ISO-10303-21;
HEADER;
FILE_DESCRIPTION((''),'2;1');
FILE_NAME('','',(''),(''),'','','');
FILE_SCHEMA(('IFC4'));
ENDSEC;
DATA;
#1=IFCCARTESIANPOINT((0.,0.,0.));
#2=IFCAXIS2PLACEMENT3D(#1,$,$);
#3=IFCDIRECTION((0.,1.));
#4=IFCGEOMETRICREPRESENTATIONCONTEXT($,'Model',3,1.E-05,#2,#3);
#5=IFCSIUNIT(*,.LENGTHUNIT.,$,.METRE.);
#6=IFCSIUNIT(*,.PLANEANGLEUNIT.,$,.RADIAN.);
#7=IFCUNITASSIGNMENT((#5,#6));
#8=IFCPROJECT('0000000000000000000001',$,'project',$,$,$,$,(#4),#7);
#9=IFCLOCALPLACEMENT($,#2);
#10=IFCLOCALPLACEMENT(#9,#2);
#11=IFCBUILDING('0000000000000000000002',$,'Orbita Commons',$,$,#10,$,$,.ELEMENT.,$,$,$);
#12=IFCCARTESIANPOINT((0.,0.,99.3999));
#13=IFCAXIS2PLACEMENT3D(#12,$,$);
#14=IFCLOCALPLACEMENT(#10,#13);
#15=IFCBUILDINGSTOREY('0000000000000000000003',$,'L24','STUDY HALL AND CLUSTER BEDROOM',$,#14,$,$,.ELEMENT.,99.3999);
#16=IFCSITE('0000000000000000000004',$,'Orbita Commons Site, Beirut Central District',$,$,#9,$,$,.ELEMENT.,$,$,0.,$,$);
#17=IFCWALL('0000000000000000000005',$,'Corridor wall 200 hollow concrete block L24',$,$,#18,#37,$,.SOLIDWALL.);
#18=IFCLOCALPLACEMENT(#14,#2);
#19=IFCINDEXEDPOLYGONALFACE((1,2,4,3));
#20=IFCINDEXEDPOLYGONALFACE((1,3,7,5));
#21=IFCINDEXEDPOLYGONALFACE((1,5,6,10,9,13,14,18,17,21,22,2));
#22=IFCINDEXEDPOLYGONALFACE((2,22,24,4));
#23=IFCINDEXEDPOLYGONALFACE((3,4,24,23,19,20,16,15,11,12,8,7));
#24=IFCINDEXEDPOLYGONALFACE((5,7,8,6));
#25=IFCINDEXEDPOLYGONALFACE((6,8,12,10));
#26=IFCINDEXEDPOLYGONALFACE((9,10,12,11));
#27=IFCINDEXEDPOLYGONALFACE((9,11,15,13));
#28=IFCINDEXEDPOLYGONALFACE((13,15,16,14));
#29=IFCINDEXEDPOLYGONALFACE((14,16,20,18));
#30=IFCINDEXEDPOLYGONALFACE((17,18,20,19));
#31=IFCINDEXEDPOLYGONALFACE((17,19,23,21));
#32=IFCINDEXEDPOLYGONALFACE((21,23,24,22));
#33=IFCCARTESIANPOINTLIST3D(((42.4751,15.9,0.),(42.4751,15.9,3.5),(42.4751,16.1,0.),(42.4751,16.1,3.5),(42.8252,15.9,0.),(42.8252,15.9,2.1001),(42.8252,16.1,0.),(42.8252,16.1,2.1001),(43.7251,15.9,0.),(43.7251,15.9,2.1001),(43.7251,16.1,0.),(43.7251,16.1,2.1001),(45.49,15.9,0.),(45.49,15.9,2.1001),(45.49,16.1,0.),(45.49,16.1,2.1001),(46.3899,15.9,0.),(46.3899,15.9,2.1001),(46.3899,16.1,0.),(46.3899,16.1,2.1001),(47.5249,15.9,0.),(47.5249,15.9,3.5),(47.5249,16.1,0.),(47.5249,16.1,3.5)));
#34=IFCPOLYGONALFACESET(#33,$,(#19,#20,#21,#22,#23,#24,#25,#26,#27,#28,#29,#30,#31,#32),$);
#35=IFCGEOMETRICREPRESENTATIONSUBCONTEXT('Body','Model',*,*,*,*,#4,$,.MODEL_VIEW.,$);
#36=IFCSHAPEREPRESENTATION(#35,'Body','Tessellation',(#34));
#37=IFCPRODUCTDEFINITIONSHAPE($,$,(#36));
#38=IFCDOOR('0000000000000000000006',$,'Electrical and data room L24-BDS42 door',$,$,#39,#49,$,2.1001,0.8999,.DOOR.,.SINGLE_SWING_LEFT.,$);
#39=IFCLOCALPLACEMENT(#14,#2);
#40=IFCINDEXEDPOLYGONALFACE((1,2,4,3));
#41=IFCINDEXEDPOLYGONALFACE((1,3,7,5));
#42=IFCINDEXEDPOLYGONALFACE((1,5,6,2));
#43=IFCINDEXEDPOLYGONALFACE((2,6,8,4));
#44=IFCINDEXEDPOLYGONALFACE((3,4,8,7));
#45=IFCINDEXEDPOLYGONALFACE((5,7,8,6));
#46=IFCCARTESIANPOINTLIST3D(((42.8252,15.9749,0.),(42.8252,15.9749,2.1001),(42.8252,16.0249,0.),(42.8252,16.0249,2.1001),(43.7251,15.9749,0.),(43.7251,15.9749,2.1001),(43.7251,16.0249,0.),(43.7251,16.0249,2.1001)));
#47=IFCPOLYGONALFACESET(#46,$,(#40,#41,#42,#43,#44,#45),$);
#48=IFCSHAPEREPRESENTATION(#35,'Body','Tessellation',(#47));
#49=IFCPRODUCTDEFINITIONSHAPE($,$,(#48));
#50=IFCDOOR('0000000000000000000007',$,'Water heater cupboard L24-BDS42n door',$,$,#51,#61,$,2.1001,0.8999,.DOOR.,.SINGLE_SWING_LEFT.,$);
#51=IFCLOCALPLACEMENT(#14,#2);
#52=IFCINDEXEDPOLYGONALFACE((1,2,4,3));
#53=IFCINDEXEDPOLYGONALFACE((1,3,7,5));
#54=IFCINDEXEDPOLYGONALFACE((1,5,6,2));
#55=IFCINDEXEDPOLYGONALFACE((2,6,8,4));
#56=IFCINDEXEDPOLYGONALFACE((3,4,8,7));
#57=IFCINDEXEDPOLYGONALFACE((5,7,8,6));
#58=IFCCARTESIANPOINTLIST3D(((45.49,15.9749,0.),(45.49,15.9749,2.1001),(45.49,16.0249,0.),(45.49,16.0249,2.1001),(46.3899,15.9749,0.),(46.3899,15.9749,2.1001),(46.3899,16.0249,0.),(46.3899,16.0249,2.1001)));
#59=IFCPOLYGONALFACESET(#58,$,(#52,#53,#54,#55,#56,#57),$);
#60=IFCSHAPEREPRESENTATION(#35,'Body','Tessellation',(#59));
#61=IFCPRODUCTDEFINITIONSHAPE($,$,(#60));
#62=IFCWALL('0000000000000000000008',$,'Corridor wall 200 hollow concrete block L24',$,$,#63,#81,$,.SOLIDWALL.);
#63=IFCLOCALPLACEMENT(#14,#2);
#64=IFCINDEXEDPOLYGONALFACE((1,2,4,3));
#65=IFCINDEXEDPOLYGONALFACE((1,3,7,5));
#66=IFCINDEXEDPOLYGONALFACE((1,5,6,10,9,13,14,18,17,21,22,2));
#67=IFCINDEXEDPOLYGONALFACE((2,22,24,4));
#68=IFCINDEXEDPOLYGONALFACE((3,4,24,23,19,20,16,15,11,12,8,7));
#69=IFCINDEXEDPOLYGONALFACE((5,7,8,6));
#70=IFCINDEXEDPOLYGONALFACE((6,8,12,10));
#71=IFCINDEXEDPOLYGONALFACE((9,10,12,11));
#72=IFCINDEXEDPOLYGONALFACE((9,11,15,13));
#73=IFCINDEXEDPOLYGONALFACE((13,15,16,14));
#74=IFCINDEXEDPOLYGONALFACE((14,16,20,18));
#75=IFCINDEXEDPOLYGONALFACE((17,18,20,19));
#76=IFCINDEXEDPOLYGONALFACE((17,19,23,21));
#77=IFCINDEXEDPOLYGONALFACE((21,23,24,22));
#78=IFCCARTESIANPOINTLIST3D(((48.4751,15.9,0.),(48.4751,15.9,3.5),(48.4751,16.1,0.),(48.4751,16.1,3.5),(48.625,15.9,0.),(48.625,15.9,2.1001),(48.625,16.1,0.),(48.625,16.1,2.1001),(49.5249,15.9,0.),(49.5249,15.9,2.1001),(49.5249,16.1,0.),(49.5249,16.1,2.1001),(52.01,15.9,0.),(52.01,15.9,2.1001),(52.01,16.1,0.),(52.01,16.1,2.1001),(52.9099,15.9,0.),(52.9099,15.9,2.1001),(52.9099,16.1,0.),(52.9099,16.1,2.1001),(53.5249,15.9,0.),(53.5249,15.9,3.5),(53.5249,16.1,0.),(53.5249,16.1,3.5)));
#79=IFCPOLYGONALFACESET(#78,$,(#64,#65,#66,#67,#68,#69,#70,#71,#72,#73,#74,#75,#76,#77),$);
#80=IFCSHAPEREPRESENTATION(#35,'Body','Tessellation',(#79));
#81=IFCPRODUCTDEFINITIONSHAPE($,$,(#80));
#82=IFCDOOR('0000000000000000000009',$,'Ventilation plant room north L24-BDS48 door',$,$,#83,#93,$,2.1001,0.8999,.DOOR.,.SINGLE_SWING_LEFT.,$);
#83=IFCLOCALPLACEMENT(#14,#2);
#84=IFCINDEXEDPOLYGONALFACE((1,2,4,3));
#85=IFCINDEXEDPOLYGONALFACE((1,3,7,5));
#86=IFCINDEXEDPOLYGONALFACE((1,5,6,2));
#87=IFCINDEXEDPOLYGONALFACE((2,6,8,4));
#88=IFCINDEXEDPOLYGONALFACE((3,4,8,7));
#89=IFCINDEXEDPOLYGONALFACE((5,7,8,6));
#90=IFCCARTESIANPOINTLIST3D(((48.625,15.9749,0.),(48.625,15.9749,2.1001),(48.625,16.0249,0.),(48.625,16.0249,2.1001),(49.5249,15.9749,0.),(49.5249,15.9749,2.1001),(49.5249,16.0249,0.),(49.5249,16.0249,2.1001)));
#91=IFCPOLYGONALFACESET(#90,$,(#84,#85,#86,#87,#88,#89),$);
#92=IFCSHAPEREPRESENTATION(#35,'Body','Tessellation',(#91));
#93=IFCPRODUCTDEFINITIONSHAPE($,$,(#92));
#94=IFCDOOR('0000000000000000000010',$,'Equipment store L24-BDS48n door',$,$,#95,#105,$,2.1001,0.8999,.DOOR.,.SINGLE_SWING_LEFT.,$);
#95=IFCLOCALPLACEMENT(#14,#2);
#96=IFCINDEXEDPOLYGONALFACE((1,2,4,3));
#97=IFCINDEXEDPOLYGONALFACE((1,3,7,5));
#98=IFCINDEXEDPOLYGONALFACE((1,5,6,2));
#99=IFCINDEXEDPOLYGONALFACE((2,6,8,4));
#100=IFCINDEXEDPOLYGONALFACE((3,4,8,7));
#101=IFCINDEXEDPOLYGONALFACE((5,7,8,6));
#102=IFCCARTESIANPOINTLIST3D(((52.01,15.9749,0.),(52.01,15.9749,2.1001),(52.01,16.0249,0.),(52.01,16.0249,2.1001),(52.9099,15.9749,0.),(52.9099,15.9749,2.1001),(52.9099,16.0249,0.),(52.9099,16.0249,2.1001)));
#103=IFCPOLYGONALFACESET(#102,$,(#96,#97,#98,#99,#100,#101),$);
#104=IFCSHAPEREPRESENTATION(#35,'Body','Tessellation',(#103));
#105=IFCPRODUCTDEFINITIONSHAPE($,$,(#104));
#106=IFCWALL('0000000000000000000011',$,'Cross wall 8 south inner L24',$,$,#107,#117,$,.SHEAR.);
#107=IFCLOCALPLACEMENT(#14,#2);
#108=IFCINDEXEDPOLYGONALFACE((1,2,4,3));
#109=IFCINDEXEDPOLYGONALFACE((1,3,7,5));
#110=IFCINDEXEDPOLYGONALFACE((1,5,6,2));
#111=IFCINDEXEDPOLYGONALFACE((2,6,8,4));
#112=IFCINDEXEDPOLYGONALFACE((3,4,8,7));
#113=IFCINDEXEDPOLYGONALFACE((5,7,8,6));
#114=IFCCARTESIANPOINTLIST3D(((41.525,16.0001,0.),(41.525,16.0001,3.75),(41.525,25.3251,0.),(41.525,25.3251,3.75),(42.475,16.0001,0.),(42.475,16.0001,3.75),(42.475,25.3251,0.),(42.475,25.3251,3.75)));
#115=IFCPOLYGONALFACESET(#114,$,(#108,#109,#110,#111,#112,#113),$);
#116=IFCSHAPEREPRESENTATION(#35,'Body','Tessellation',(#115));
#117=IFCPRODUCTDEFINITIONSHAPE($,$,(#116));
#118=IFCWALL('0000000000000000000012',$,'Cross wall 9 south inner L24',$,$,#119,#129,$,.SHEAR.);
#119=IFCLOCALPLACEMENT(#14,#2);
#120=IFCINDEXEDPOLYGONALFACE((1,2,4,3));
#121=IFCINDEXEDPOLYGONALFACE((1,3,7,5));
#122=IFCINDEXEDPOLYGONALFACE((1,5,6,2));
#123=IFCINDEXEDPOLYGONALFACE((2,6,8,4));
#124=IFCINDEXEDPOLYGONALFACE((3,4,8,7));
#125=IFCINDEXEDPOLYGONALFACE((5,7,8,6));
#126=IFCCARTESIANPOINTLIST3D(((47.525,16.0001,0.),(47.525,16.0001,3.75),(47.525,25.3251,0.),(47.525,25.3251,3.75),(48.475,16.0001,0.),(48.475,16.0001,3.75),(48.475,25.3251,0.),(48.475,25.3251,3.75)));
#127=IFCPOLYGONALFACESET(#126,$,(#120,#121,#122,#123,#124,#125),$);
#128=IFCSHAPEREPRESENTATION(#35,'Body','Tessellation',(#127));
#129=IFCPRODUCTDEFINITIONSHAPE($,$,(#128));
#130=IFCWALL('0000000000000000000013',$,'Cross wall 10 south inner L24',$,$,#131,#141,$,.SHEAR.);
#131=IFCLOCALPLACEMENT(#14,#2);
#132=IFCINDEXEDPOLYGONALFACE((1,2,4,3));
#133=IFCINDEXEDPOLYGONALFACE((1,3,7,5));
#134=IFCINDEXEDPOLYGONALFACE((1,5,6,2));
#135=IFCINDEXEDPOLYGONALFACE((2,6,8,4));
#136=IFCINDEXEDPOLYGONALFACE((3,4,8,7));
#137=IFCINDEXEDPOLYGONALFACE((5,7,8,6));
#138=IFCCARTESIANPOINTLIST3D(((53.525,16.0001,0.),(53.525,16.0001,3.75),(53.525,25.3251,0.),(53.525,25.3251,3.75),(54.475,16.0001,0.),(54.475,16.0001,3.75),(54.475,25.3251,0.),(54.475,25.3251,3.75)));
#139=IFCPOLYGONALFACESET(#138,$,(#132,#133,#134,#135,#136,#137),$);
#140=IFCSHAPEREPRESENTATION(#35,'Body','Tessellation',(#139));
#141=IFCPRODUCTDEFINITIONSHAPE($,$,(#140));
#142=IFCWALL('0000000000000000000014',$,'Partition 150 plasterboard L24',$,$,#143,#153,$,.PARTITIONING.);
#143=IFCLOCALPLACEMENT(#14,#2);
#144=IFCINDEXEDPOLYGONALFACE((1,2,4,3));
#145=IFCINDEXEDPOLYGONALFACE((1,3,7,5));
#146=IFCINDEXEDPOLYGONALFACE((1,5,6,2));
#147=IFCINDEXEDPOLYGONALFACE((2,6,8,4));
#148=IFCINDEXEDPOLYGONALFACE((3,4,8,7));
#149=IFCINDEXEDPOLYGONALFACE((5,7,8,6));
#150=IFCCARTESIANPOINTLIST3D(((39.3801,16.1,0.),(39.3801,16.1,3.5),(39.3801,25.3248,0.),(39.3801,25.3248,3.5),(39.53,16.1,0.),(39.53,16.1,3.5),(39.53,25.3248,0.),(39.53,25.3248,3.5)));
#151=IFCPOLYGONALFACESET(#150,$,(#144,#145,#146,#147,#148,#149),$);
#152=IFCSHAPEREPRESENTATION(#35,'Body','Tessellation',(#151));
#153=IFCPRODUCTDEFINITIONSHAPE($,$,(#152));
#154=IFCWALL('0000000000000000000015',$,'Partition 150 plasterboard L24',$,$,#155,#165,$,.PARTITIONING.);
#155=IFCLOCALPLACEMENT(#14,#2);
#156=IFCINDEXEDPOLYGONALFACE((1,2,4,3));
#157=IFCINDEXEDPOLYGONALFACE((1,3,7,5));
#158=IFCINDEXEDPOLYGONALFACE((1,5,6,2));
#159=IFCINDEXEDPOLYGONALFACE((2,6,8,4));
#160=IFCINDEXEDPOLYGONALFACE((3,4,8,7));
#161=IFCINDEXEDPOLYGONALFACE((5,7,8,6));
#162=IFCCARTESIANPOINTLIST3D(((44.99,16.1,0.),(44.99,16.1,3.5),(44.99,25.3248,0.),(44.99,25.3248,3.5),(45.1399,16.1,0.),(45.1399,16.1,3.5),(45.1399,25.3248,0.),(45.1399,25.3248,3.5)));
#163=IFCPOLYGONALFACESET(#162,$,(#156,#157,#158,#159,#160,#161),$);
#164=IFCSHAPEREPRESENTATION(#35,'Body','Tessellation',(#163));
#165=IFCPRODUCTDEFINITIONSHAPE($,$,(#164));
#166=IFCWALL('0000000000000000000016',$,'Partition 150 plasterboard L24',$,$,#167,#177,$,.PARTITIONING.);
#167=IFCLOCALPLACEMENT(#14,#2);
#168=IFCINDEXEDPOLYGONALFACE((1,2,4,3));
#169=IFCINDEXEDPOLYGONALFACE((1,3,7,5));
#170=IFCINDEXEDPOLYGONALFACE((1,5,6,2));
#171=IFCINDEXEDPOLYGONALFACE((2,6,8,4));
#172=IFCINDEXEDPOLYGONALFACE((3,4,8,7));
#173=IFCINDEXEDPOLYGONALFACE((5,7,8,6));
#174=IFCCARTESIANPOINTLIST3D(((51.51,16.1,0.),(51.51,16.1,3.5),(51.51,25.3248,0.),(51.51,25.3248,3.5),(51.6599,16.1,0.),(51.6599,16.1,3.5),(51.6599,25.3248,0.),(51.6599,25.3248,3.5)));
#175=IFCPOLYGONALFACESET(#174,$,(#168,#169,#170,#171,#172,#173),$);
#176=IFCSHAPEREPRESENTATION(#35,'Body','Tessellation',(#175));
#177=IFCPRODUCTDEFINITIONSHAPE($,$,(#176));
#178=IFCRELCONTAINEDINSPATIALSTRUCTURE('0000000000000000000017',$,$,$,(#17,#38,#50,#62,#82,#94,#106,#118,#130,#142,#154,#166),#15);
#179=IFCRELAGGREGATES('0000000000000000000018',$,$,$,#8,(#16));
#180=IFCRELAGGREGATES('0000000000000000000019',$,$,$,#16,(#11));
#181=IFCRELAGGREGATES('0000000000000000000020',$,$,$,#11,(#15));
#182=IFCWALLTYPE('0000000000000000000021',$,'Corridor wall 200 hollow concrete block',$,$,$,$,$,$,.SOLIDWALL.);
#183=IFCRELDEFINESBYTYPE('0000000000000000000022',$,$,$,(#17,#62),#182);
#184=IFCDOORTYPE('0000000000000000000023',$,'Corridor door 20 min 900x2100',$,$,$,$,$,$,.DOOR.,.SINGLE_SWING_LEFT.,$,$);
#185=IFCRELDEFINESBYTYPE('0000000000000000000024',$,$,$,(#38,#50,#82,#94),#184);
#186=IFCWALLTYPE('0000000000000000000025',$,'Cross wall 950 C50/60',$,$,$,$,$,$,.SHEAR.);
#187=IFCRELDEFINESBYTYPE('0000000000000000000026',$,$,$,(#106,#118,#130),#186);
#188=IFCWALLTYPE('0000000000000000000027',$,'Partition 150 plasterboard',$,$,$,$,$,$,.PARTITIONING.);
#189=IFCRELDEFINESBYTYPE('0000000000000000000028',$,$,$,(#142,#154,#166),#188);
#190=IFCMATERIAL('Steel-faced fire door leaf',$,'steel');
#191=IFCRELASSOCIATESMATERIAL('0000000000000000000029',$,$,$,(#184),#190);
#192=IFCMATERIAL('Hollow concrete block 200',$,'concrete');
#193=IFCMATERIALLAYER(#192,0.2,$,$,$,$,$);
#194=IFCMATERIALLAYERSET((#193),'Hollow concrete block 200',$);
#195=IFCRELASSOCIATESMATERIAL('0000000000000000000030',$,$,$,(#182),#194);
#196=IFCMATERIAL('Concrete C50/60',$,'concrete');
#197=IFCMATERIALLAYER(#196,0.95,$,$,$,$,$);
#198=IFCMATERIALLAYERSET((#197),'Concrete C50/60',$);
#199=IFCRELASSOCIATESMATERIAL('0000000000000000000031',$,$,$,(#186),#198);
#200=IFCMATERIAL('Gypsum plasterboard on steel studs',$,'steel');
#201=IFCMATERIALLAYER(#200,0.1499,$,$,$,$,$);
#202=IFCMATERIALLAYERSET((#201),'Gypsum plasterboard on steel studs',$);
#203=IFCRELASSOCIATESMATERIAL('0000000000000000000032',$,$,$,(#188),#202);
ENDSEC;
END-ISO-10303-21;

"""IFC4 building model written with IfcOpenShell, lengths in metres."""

from ifc_helpers import new_model, si_unit, direction, frame, frame_2d, origin, place, context, subcontext, project, spatial, rectangle, extrude, material, layer, layer_set, type_object, element, fill, save


model = new_model("IFC4")

# Units and contexts
model_context = context("Model", 3, precision=1e-05, world=origin(), true_north=direction((0.0, 1.0)))
body_context = subcontext(model_context, "Body", "Model", "MODEL_VIEW")
ifc_project = project(units=[si_unit("LENGTHUNIT", "METRE"), si_unit("PLANEANGLEUNIT", "RADIAN")], contexts=[model_context])

# Site, building, storey
site_placement = place(None, origin())
site = spatial("IfcSite", under=ifc_project, at=site_placement, Name="Orbita Commons Site, Beirut Central District", CompositionType="ELEMENT", RefElevation=0.0)
building_placement = place(site_placement, origin())
building = spatial("IfcBuilding", under=site, at=building_placement, Name="Orbita Commons", CompositionType="ELEMENT")
storey_placement = place(building_placement, frame((0.0, 0.0, 99.3999)))
storey = spatial("IfcBuildingStorey", under=building, at=storey_placement, Name="L24", Description="STUDY HALL AND CLUSTER BEDROOM", CompositionType="ELEMENT", Elevation=99.3999)

# Walls, openings, doors
ifc_material_1 = material(Name="Steel-faced fire door leaf", Category="steel")
door_type_1 = type_object("IfcDoorType", Name="Corridor door 20 min 900x2100", OperationType="SINGLE_SWING_LEFT", PredefinedType="DOOR", material=ifc_material_1)
ifc_material_2 = material(Name="Hollow concrete block 200", Category="concrete")
ifc_layer_1 = layer(ifc_material_2, 0.2)
ifc_layer_set_1 = layer_set([ifc_layer_1], Name="Hollow concrete block 200")
wall_type_1 = type_object("IfcWallType", Name="Corridor wall 200 hollow concrete block", PredefinedType="SOLIDWALL", material=ifc_layer_set_1)
wall_1_placement = place(storey_placement, frame((42.4751, 16.0, 0.0), z_axis=(0.0, 0.0, 1.0), x_axis=(1.0, 0.0, 0.0)))
wall_1 = element("IfcWall", 1, at=wall_1_placement, inside=storey, type_object=wall_type_1, Name="Corridor wall 200 hollow concrete block L24", PredefinedType="SOLIDWALL", context=body_context, shape_type="SweptSolid", body=[
    extrude(rectangle(XDim=5.0498, YDim=0.2, at=frame_2d((2.5249, 0.0))), origin(), (0.0, 0.0, 1.0), 3.5),
])
opening_1_placement = place(wall_1_placement, frame((0.3501, 0.0, 0.0)))
opening_1 = element("IfcOpeningElement", 2, at=opening_1_placement, cuts=wall_1, PredefinedType="OPENING", context=body_context, shape_type="SweptSolid", body=[
    extrude(rectangle(XDim=0.8999, YDim=2.1001, at=frame_2d((0.45, 1.05))), frame((0.0, 0.1099, 0.0), z_axis=(0.0, -1.0, 0.0), x_axis=(1.0, 0.0, 0.0)), (0.0, 0.0, 1.0), 0.22),
])
opening_2_placement = place(wall_1_placement, frame((3.0149, 0.0, 0.0)))
opening_2 = element("IfcOpeningElement", 3, at=opening_2_placement, cuts=wall_1, PredefinedType="OPENING", context=body_context, shape_type="SweptSolid", body=[
    extrude(rectangle(XDim=0.8999, YDim=2.1001, at=frame_2d((0.45, 1.05))), frame((0.0, 0.1099, 0.0), z_axis=(0.0, -1.0, 0.0), x_axis=(1.0, 0.0, 0.0)), (0.0, 0.0, 1.0), 0.22),
])
door_1_placement = place(opening_1_placement, origin())
door_1 = element("IfcDoor", 4, at=door_1_placement, inside=storey, type_object=door_type_1, Name="Electrical and data room L24-BDS42 door", OperationType="SINGLE_SWING_LEFT", OverallHeight=2.1001, OverallWidth=0.8999, PredefinedType="DOOR", context=body_context, shape_type="SweptSolid", body=[
    extrude(rectangle(XDim=0.8999, YDim=2.1001, at=frame_2d((0.45, 1.05))), frame((0.0, 0.0249, 0.0), z_axis=(0.0, -1.0, 0.0), x_axis=(1.0, 0.0, 0.0)), (0.0, 0.0, 1.0), 0.05),
])
fill(opening_1, door_1)
door_2_placement = place(opening_2_placement, origin())
door_2 = element("IfcDoor", 5, at=door_2_placement, inside=storey, type_object=door_type_1, Name="Water heater cupboard L24-BDS42n door", OperationType="SINGLE_SWING_LEFT", OverallHeight=2.1001, OverallWidth=0.8999, PredefinedType="DOOR", context=body_context, shape_type="SweptSolid", body=[
    extrude(rectangle(XDim=0.8999, YDim=2.1001, at=frame_2d((0.45, 1.05))), frame((0.0, 0.0249, 0.0), z_axis=(0.0, -1.0, 0.0), x_axis=(1.0, 0.0, 0.0)), (0.0, 0.0, 1.0), 0.05),
])
fill(opening_2, door_2)
wall_2_placement = place(storey_placement, frame((48.4751, 16.0, 0.0), z_axis=(0.0, 0.0, 1.0), x_axis=(1.0, 0.0, 0.0)))
wall_2 = element("IfcWall", 6, at=wall_2_placement, inside=storey, type_object=wall_type_1, Name="Corridor wall 200 hollow concrete block L24", PredefinedType="SOLIDWALL", context=body_context, shape_type="SweptSolid", body=[
    extrude(rectangle(XDim=5.0498, YDim=0.2, at=frame_2d((2.5249, 0.0))), origin(), (0.0, 0.0, 1.0), 3.5),
])
opening_3_placement = place(wall_2_placement, frame((0.1499, 0.0, 0.0)))
opening_3 = element("IfcOpeningElement", 7, at=opening_3_placement, cuts=wall_2, PredefinedType="OPENING", context=body_context, shape_type="SweptSolid", body=[
    extrude(rectangle(XDim=0.8999, YDim=2.1001, at=frame_2d((0.45, 1.05))), frame((0.0, 0.1099, 0.0), z_axis=(0.0, -1.0, 0.0), x_axis=(1.0, 0.0, 0.0)), (0.0, 0.0, 1.0), 0.22),
])
opening_4_placement = place(wall_2_placement, frame((3.5349, 0.0, 0.0)))
opening_4 = element("IfcOpeningElement", 8, at=opening_4_placement, cuts=wall_2, PredefinedType="OPENING", context=body_context, shape_type="SweptSolid", body=[
    extrude(rectangle(XDim=0.8999, YDim=2.1001, at=frame_2d((0.45, 1.05))), frame((0.0, 0.1099, 0.0), z_axis=(0.0, -1.0, 0.0), x_axis=(1.0, 0.0, 0.0)), (0.0, 0.0, 1.0), 0.22),
])
door_3_placement = place(opening_3_placement, origin())
door_3 = element("IfcDoor", 9, at=door_3_placement, inside=storey, type_object=door_type_1, Name="Ventilation plant room north L24-BDS48 door", OperationType="SINGLE_SWING_LEFT", OverallHeight=2.1001, OverallWidth=0.8999, PredefinedType="DOOR", context=body_context, shape_type="SweptSolid", body=[
    extrude(rectangle(XDim=0.8999, YDim=2.1001, at=frame_2d((0.45, 1.05))), frame((0.0, 0.0249, 0.0), z_axis=(0.0, -1.0, 0.0), x_axis=(1.0, 0.0, 0.0)), (0.0, 0.0, 1.0), 0.05),
])
fill(opening_3, door_3)
door_4_placement = place(opening_4_placement, origin())
door_4 = element("IfcDoor", 10, at=door_4_placement, inside=storey, type_object=door_type_1, Name="Equipment store L24-BDS48n door", OperationType="SINGLE_SWING_LEFT", OverallHeight=2.1001, OverallWidth=0.8999, PredefinedType="DOOR", context=body_context, shape_type="SweptSolid", body=[
    extrude(rectangle(XDim=0.8999, YDim=2.1001, at=frame_2d((0.45, 1.05))), frame((0.0, 0.0249, 0.0), z_axis=(0.0, -1.0, 0.0), x_axis=(1.0, 0.0, 0.0)), (0.0, 0.0, 1.0), 0.05),
])
fill(opening_4, door_4)

# Walls
ifc_material_3 = material(Name="Concrete C50/60", Category="concrete")
ifc_layer_2 = layer(ifc_material_3, 0.95)
ifc_layer_set_2 = layer_set([ifc_layer_2], Name="Concrete C50/60")
wall_type_2 = type_object("IfcWallType", Name="Cross wall 950 C50/60", PredefinedType="SHEAR", material=ifc_layer_set_2)
for number, where, z_axis, x_axis, name in (
    (11, (42.0, 16.0, 0.0), (0.0, 0.0, 1.0), (0.0, 1.0, 0.0), "Cross wall 8 south inner L24"),
    (12, (48.0, 16.0, 0.0), (0.0, 0.0, 1.0), (0.0, 1.0, 0.0), "Cross wall 9 south inner L24"),
    (13, (54.0, 16.0, 0.0), (0.0, 0.0, 1.0), (0.0, 1.0, 0.0), "Cross wall 10 south inner L24"),
):
    element("IfcWall", number, at=place(storey_placement, frame(where, z_axis=z_axis, x_axis=x_axis)), inside=storey, type_object=wall_type_2, Name=name, PredefinedType="SHEAR", context=body_context, shape_type="SweptSolid", body=[
        extrude(rectangle(XDim=9.325, YDim=0.95, at=frame_2d((4.6626, 0.0))), origin(), (0.0, 0.0, 1.0), 3.75),
    ])
ifc_material_4 = material(Name="Gypsum plasterboard on steel studs", Category="steel")
ifc_layer_3 = layer(ifc_material_4, 0.1499)
ifc_layer_set_3 = layer_set([ifc_layer_3], Name="Gypsum plasterboard on steel studs")
wall_type_3 = type_object("IfcWallType", Name="Partition 150 plasterboard", PredefinedType="PARTITIONING", material=ifc_layer_set_3)
for number, where, z_axis, x_axis, name in (
    (14, (39.4551, 16.1001, 0.0), (0.0, 0.0, 1.0), (0.0, 1.0, 0.0), "Partition 150 plasterboard L24"),
    (15, (45.0649, 16.1001, 0.0), (0.0, 0.0, 1.0), (0.0, 1.0, 0.0), "Partition 150 plasterboard L24"),
    (16, (51.585, 16.1001, 0.0), (0.0, 0.0, 1.0), (0.0, 1.0, 0.0), "Partition 150 plasterboard L24"),
):
    element("IfcWall", number, at=place(storey_placement, frame(where, z_axis=z_axis, x_axis=x_axis)), inside=storey, type_object=wall_type_3, Name=name, PredefinedType="PARTITIONING", context=body_context, shape_type="SweptSolid", body=[
        extrude(rectangle(XDim=9.2249, YDim=0.1499, at=frame_2d((4.6123, 0.0))), origin(), (0.0, 0.0, 1.0), 3.5),
    ])

save(model, "model.ifc")
